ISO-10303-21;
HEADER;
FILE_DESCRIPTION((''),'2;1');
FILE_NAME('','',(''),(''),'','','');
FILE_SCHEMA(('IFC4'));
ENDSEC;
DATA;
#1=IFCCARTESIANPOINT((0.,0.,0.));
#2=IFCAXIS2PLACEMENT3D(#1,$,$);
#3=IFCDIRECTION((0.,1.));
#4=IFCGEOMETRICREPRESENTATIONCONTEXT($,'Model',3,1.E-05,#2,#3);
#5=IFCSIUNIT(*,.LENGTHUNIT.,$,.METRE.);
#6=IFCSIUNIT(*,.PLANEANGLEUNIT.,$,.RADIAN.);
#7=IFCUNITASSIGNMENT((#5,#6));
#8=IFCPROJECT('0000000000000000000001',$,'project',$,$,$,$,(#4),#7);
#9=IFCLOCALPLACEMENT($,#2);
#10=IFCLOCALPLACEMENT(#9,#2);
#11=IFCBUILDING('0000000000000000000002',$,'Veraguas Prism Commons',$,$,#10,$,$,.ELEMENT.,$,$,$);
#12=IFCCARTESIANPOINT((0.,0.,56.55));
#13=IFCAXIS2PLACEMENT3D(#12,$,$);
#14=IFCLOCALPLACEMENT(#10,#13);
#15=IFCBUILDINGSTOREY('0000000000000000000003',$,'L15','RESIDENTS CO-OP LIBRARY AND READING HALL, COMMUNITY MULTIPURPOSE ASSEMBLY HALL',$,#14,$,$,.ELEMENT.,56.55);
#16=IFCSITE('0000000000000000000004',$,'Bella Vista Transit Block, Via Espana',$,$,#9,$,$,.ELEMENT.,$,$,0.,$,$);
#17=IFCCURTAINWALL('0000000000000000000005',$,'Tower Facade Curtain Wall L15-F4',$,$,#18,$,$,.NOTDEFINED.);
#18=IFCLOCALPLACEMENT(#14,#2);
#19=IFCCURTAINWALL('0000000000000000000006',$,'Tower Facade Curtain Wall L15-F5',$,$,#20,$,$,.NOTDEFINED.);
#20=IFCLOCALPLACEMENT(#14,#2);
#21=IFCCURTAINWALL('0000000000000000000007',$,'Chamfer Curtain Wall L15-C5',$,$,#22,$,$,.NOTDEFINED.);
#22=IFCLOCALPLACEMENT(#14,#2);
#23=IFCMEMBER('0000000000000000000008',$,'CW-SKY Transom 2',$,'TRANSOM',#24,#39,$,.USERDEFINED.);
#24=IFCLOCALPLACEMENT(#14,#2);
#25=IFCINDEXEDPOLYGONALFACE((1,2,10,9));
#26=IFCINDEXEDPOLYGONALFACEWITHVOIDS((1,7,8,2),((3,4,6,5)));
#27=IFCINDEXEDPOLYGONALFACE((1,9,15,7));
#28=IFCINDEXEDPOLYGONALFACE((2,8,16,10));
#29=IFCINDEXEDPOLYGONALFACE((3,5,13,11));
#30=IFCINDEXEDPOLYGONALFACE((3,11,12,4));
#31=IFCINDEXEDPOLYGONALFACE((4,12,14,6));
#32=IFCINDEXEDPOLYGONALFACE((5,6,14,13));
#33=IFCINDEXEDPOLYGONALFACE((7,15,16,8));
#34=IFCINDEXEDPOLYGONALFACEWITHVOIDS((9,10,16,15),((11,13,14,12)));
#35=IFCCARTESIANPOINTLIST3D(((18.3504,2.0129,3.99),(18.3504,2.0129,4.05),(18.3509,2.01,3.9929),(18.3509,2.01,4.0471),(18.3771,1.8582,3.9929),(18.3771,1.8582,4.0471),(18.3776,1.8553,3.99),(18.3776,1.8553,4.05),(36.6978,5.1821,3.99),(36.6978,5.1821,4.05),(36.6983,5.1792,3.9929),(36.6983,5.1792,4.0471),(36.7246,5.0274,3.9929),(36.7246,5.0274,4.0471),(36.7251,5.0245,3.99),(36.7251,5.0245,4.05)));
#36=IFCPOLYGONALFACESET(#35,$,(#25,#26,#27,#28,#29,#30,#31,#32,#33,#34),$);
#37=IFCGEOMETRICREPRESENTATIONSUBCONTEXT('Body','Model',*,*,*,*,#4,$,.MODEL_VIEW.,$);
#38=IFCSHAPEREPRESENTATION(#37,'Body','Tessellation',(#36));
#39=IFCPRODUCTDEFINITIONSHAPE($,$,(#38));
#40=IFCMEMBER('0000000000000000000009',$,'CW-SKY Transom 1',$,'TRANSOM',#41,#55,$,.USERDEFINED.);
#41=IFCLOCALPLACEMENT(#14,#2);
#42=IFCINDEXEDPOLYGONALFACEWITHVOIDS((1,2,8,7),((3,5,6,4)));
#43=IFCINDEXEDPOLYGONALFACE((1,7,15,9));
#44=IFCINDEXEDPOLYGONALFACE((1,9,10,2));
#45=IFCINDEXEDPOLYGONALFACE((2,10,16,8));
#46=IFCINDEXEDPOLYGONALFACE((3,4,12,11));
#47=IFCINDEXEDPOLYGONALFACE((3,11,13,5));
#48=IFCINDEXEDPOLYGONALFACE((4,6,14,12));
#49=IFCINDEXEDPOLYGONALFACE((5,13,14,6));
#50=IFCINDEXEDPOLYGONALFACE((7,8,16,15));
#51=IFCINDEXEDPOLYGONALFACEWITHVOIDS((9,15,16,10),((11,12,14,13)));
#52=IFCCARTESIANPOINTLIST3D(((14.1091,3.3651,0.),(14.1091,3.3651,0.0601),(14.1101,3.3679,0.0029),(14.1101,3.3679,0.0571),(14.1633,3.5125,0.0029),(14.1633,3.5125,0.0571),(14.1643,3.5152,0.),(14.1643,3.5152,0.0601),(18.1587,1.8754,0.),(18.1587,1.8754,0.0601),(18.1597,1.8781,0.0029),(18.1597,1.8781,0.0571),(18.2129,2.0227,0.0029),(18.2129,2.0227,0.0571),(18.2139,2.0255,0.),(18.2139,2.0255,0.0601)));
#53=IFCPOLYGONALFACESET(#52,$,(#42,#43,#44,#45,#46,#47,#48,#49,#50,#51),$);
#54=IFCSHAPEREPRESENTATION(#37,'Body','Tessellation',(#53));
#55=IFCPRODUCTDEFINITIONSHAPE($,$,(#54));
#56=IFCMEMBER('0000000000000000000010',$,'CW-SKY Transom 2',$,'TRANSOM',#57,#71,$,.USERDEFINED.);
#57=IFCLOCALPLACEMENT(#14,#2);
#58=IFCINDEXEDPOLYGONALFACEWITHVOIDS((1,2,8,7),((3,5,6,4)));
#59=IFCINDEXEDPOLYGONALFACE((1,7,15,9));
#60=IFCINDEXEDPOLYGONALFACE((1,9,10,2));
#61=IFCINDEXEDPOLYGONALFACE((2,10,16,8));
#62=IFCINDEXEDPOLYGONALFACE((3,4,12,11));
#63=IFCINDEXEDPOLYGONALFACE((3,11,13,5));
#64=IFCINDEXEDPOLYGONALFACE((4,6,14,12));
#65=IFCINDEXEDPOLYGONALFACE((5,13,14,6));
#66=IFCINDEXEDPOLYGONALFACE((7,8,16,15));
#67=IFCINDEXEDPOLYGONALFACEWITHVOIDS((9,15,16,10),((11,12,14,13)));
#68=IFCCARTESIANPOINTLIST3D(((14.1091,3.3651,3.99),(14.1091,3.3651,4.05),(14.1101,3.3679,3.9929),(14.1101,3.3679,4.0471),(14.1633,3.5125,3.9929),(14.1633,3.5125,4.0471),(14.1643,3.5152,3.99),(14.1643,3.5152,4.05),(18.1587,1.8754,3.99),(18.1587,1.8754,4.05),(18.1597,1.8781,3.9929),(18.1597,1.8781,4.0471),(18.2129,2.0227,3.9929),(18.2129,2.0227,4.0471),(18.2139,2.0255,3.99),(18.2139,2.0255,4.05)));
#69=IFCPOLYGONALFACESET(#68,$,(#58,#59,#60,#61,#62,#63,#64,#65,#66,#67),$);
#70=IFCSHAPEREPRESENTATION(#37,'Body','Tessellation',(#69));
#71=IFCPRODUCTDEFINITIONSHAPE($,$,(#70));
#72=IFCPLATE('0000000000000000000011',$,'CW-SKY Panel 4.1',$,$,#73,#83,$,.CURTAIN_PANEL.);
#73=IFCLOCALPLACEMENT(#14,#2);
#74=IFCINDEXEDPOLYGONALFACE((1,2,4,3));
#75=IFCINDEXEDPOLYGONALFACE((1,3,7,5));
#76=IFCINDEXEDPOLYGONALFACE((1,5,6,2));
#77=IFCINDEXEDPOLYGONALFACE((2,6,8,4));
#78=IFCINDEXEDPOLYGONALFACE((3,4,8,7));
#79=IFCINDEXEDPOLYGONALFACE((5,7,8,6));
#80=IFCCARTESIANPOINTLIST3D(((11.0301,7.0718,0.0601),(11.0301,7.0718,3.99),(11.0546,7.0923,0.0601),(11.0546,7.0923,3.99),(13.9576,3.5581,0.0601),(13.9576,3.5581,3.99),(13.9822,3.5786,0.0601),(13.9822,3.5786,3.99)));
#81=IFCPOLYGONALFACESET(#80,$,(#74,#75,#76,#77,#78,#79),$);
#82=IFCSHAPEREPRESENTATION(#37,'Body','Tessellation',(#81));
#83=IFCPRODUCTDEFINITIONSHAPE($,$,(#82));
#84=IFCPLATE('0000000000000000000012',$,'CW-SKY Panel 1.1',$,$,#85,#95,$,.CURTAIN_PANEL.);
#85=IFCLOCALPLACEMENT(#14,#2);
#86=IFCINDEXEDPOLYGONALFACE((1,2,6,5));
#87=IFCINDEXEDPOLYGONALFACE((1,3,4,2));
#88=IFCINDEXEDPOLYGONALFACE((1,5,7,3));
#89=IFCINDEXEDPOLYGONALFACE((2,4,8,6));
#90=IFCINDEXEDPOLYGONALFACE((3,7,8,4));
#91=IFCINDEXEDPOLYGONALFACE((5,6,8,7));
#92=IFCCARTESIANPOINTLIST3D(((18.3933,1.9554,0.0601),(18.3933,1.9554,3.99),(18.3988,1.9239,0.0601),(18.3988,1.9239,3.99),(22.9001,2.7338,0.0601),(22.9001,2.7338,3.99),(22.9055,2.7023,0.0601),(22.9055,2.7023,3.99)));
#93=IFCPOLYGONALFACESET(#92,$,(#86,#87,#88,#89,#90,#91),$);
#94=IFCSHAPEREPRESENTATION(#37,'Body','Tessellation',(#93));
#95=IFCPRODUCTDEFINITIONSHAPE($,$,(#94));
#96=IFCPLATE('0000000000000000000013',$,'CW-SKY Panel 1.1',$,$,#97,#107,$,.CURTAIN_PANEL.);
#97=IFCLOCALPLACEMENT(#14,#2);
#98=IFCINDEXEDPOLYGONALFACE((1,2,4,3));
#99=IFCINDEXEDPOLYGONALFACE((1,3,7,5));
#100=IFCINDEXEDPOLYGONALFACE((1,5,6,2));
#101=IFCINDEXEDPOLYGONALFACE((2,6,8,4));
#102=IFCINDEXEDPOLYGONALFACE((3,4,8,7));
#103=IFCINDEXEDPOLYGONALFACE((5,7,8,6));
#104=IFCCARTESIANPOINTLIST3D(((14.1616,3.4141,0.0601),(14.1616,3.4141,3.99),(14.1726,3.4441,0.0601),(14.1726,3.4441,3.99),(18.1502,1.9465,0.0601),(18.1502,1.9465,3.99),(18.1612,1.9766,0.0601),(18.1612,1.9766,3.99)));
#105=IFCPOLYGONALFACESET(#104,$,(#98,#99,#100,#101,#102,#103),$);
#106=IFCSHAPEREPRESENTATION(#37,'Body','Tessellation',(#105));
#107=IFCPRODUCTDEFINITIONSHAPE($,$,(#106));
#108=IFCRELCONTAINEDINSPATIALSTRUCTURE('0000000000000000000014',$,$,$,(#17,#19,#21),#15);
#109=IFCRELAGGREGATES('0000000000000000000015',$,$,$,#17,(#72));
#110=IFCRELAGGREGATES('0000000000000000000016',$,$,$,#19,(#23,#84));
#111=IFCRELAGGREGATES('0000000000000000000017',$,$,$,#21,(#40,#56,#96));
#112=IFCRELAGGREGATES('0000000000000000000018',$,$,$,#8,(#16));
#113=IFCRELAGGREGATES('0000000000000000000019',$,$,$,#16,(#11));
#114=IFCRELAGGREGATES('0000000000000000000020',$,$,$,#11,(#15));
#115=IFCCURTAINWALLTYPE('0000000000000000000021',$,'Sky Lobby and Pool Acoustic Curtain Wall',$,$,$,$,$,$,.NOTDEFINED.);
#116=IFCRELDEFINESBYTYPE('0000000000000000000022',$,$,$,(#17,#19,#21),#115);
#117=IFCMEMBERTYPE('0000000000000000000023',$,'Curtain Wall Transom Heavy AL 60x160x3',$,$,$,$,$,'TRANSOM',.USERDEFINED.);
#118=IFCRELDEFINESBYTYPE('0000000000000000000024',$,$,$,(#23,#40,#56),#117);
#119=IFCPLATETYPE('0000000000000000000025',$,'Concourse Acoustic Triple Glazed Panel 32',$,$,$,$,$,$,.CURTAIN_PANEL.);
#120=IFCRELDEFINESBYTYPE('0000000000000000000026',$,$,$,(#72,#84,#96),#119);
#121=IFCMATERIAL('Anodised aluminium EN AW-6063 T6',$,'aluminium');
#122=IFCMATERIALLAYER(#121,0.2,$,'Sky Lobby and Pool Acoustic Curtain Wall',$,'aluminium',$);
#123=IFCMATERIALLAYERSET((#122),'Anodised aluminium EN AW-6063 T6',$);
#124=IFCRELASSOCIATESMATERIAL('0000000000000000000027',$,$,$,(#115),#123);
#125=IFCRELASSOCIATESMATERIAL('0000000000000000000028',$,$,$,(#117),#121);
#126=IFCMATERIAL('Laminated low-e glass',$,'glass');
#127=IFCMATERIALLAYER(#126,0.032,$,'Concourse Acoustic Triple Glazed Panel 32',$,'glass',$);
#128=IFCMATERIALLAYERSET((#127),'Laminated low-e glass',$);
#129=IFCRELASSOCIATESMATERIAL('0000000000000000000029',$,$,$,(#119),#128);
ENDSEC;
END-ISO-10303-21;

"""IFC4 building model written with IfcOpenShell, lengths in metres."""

from ifc_helpers import new_model, si_unit, direction, frame, origin, origin_2d, place, context, subcontext, project, spatial, rectangle, hollow_rectangle, extrude, source, transform, mapped, material, layer, layer_set, material_profile, profile_set, type_object, element, aggregate, save


model = new_model("IFC4")

# Units and contexts
model_context = context("Model", 3, precision=1e-05, world=origin(), true_north=direction((0.0, 1.0)))
body_context = subcontext(model_context, "Body", "Model", "MODEL_VIEW")
ifc_project = project(units=[si_unit("LENGTHUNIT", "METRE"), si_unit("PLANEANGLEUNIT", "RADIAN")], contexts=[model_context])

# Site, building, storey
site_placement = place(None, origin())
site = spatial("IfcSite", under=ifc_project, at=site_placement, Name="Bella Vista Transit Block, Via Espana", CompositionType="ELEMENT", RefElevation=0.0)
building_placement = place(site_placement, origin())
building = spatial("IfcBuilding", under=site, at=building_placement, Name="Veraguas Prism Commons", CompositionType="ELEMENT")
storey_placement = place(building_placement, frame((0.0, 0.0, 56.55)))
storey = spatial("IfcBuildingStorey", under=building, at=storey_placement, Name="L15", Description="RESIDENTS CO-OP LIBRARY AND READING HALL, COMMUNITY MULTIPURPOSE ASSEMBLY HALL", CompositionType="ELEMENT", Elevation=56.55)

# Curtain wall
ifc_material_1 = material(Name="Anodised aluminium EN AW-6063 T6", Category="aluminium")
ifc_layer_1 = layer(ifc_material_1, 0.2, Name="Sky Lobby and Pool Acoustic Curtain Wall", Category="aluminium")
ifc_layer_set_1 = layer_set([ifc_layer_1], Name="Anodised aluminium EN AW-6063 T6")
curtain_wall_type = type_object("IfcCurtainWallType", Name="Sky Lobby and Pool Acoustic Curtain Wall", PredefinedType="NOTDEFINED", material=ifc_layer_set_1)
curtain_wall_1_placement = place(storey_placement, origin())
curtain_wall_1 = element("IfcCurtainWall", 1, at=curtain_wall_1_placement, inside=storey, type_object=curtain_wall_type, Name="Tower Facade Curtain Wall L15-F4", PredefinedType="NOTDEFINED")

# Curtain wall
curtain_wall_2_placement = place(storey_placement, origin())
curtain_wall_2 = element("IfcCurtainWall", 2, at=curtain_wall_2_placement, inside=storey, type_object=curtain_wall_type, Name="Tower Facade Curtain Wall L15-F5", PredefinedType="NOTDEFINED")

# Curtain wall
curtain_wall_3_placement = place(storey_placement, origin())
curtain_wall_3 = element("IfcCurtainWall", 3, at=curtain_wall_3_placement, inside=storey, type_object=curtain_wall_type, Name="Chamfer Curtain Wall L15-C5", PredefinedType="NOTDEFINED")

# Members
ifc_material_profile_1 = material_profile(ifc_material_1, hollow_rectangle(XDim=0.0601, YDim=0.1599, WallThickness=0.0029, at=origin_2d()), Name="AL60X160X3")
ifc_profile_set_1 = profile_set([ifc_material_profile_1], Name="Anodised aluminium EN AW-6063 T6")
member_type_1 = type_object("IfcMemberType", Name="Curtain Wall Transom Heavy AL 60x160x3", ElementType="TRANSOM", PredefinedType="USERDEFINED", material=ifc_profile_set_1)
shared_shape_1 = source(origin(), body_context, "Body", "SweptSolid", [
    extrude(hollow_rectangle(XDim=0.0601, YDim=0.1599, WallThickness=0.0029, at=origin_2d()), origin(), (0.0, 0.0, 1.0), 18.6191),
])
member_1_placement = place(storey_placement, frame((18.364, 1.9341, 4.02), z_axis=(0.985408, 0.170212, 0.0), x_axis=(0.0, 0.0, 1.0)))
member_1 = element("IfcMember", 4, at=member_1_placement, type_object=member_type_1, Name="CW-SKY Transom 2", ObjectType="TRANSOM", PredefinedType="USERDEFINED", context=body_context, shape_type="MappedRepresentation", body=[
    mapped(shared_shape_1, transform((0.0, 0.0, 0.0), scale=1.0)),
])
shared_shape_2 = source(origin(), body_context, "Body", "SweptSolid", [
    extrude(hollow_rectangle(XDim=0.0601, YDim=0.1599, WallThickness=0.0029, at=origin_2d()), origin(), (0.0, 0.0, 1.0), 4.3149),
])
member_2_placement = place(storey_placement, frame((14.1367, 3.4402, 0.03), z_axis=(0.938508, -0.345257, 0.0), x_axis=(0.0, 0.0, 1.0)))
member_2 = element("IfcMember", 5, at=member_2_placement, type_object=member_type_1, Name="CW-SKY Transom 1", ObjectType="TRANSOM", PredefinedType="USERDEFINED", context=body_context, shape_type="MappedRepresentation", body=[
    mapped(shared_shape_2, transform((0.0, 0.0, 0.0), scale=1.0)),
])
member_3_placement = place(storey_placement, frame((14.1367, 3.4402, 4.02), z_axis=(0.938508, -0.345257, 0.0), x_axis=(0.0, 0.0, 1.0)))
member_3 = element("IfcMember", 6, at=member_3_placement, type_object=member_type_1, Name="CW-SKY Transom 2", ObjectType="TRANSOM", PredefinedType="USERDEFINED", context=body_context, shape_type="MappedRepresentation", body=[
    mapped(shared_shape_2, transform((0.0, 0.0, 0.0), scale=1.0)),
])

# Plates
ifc_material_2 = material(Name="Laminated low-e glass", Category="glass")
ifc_layer_2 = layer(ifc_material_2, 0.032, Name="Concourse Acoustic Triple Glazed Panel 32", Category="glass")
ifc_layer_set_2 = layer_set([ifc_layer_2], Name="Laminated low-e glass")
plate_type = type_object("IfcPlateType", Name="Concourse Acoustic Triple Glazed Panel 32", PredefinedType="CURTAIN_PANEL", material=ifc_layer_set_2)
shared_shape_3 = source(origin(), body_context, "Body", "SweptSolid", [
    extrude(rectangle(XDim=4.5735, YDim=0.032, at=origin_2d()), origin(), (0.0, 0.0, 1.0), 3.9299),
])
plate_1_placement = place(storey_placement, frame((12.5061, 5.3252, 0.0601), z_axis=(0.0, 0.0, 1.0), x_axis=(0.64011, -0.768284, 0.0)))
plate_1 = element("IfcPlate", 7, at=plate_1_placement, type_object=plate_type, Name="CW-SKY Panel 4.1", PredefinedType="CURTAIN_PANEL", context=body_context, shape_type="MappedRepresentation", body=[
    mapped(shared_shape_3, transform((0.0, 0.0, 0.0), scale=1.0)),
])
aggregate(curtain_wall_1, [plate_1])
plate_2_placement = place(storey_placement, frame((20.6494, 2.3289, 0.0601), z_axis=(0.0, 0.0, 1.0), x_axis=(0.985408, 0.170209, 0.0)))
plate_2 = element("IfcPlate", 8, at=plate_2_placement, type_object=plate_type, Name="CW-SKY Panel 1.1", PredefinedType="CURTAIN_PANEL", context=body_context, shape_type="MappedRepresentation", body=[
    mapped(shared_shape_3, transform((0.0, 0.0, 0.0), scale=1.0)),
])
aggregate(curtain_wall_2, [member_1, plate_2])
shared_shape_4 = source(origin(), body_context, "Body", "SweptSolid", [
    extrude(rectangle(XDim=4.25, YDim=0.032, at=origin_2d()), origin(), (0.0, 0.0, 1.0), 3.9299),
])
plate_3_placement = place(storey_placement, frame((16.1614, 2.6953, 0.0601), z_axis=(0.0, 0.0, 1.0), x_axis=(0.938494, -0.345297, 0.0)))
plate_3 = element("IfcPlate", 9, at=plate_3_placement, type_object=plate_type, Name="CW-SKY Panel 1.1", PredefinedType="CURTAIN_PANEL", context=body_context, shape_type="MappedRepresentation", body=[
    mapped(shared_shape_4, transform((0.0, 0.0, 0.0), scale=1.0)),
])
aggregate(curtain_wall_3, [member_2, member_3, plate_3])

save(model, "model.ifc")
